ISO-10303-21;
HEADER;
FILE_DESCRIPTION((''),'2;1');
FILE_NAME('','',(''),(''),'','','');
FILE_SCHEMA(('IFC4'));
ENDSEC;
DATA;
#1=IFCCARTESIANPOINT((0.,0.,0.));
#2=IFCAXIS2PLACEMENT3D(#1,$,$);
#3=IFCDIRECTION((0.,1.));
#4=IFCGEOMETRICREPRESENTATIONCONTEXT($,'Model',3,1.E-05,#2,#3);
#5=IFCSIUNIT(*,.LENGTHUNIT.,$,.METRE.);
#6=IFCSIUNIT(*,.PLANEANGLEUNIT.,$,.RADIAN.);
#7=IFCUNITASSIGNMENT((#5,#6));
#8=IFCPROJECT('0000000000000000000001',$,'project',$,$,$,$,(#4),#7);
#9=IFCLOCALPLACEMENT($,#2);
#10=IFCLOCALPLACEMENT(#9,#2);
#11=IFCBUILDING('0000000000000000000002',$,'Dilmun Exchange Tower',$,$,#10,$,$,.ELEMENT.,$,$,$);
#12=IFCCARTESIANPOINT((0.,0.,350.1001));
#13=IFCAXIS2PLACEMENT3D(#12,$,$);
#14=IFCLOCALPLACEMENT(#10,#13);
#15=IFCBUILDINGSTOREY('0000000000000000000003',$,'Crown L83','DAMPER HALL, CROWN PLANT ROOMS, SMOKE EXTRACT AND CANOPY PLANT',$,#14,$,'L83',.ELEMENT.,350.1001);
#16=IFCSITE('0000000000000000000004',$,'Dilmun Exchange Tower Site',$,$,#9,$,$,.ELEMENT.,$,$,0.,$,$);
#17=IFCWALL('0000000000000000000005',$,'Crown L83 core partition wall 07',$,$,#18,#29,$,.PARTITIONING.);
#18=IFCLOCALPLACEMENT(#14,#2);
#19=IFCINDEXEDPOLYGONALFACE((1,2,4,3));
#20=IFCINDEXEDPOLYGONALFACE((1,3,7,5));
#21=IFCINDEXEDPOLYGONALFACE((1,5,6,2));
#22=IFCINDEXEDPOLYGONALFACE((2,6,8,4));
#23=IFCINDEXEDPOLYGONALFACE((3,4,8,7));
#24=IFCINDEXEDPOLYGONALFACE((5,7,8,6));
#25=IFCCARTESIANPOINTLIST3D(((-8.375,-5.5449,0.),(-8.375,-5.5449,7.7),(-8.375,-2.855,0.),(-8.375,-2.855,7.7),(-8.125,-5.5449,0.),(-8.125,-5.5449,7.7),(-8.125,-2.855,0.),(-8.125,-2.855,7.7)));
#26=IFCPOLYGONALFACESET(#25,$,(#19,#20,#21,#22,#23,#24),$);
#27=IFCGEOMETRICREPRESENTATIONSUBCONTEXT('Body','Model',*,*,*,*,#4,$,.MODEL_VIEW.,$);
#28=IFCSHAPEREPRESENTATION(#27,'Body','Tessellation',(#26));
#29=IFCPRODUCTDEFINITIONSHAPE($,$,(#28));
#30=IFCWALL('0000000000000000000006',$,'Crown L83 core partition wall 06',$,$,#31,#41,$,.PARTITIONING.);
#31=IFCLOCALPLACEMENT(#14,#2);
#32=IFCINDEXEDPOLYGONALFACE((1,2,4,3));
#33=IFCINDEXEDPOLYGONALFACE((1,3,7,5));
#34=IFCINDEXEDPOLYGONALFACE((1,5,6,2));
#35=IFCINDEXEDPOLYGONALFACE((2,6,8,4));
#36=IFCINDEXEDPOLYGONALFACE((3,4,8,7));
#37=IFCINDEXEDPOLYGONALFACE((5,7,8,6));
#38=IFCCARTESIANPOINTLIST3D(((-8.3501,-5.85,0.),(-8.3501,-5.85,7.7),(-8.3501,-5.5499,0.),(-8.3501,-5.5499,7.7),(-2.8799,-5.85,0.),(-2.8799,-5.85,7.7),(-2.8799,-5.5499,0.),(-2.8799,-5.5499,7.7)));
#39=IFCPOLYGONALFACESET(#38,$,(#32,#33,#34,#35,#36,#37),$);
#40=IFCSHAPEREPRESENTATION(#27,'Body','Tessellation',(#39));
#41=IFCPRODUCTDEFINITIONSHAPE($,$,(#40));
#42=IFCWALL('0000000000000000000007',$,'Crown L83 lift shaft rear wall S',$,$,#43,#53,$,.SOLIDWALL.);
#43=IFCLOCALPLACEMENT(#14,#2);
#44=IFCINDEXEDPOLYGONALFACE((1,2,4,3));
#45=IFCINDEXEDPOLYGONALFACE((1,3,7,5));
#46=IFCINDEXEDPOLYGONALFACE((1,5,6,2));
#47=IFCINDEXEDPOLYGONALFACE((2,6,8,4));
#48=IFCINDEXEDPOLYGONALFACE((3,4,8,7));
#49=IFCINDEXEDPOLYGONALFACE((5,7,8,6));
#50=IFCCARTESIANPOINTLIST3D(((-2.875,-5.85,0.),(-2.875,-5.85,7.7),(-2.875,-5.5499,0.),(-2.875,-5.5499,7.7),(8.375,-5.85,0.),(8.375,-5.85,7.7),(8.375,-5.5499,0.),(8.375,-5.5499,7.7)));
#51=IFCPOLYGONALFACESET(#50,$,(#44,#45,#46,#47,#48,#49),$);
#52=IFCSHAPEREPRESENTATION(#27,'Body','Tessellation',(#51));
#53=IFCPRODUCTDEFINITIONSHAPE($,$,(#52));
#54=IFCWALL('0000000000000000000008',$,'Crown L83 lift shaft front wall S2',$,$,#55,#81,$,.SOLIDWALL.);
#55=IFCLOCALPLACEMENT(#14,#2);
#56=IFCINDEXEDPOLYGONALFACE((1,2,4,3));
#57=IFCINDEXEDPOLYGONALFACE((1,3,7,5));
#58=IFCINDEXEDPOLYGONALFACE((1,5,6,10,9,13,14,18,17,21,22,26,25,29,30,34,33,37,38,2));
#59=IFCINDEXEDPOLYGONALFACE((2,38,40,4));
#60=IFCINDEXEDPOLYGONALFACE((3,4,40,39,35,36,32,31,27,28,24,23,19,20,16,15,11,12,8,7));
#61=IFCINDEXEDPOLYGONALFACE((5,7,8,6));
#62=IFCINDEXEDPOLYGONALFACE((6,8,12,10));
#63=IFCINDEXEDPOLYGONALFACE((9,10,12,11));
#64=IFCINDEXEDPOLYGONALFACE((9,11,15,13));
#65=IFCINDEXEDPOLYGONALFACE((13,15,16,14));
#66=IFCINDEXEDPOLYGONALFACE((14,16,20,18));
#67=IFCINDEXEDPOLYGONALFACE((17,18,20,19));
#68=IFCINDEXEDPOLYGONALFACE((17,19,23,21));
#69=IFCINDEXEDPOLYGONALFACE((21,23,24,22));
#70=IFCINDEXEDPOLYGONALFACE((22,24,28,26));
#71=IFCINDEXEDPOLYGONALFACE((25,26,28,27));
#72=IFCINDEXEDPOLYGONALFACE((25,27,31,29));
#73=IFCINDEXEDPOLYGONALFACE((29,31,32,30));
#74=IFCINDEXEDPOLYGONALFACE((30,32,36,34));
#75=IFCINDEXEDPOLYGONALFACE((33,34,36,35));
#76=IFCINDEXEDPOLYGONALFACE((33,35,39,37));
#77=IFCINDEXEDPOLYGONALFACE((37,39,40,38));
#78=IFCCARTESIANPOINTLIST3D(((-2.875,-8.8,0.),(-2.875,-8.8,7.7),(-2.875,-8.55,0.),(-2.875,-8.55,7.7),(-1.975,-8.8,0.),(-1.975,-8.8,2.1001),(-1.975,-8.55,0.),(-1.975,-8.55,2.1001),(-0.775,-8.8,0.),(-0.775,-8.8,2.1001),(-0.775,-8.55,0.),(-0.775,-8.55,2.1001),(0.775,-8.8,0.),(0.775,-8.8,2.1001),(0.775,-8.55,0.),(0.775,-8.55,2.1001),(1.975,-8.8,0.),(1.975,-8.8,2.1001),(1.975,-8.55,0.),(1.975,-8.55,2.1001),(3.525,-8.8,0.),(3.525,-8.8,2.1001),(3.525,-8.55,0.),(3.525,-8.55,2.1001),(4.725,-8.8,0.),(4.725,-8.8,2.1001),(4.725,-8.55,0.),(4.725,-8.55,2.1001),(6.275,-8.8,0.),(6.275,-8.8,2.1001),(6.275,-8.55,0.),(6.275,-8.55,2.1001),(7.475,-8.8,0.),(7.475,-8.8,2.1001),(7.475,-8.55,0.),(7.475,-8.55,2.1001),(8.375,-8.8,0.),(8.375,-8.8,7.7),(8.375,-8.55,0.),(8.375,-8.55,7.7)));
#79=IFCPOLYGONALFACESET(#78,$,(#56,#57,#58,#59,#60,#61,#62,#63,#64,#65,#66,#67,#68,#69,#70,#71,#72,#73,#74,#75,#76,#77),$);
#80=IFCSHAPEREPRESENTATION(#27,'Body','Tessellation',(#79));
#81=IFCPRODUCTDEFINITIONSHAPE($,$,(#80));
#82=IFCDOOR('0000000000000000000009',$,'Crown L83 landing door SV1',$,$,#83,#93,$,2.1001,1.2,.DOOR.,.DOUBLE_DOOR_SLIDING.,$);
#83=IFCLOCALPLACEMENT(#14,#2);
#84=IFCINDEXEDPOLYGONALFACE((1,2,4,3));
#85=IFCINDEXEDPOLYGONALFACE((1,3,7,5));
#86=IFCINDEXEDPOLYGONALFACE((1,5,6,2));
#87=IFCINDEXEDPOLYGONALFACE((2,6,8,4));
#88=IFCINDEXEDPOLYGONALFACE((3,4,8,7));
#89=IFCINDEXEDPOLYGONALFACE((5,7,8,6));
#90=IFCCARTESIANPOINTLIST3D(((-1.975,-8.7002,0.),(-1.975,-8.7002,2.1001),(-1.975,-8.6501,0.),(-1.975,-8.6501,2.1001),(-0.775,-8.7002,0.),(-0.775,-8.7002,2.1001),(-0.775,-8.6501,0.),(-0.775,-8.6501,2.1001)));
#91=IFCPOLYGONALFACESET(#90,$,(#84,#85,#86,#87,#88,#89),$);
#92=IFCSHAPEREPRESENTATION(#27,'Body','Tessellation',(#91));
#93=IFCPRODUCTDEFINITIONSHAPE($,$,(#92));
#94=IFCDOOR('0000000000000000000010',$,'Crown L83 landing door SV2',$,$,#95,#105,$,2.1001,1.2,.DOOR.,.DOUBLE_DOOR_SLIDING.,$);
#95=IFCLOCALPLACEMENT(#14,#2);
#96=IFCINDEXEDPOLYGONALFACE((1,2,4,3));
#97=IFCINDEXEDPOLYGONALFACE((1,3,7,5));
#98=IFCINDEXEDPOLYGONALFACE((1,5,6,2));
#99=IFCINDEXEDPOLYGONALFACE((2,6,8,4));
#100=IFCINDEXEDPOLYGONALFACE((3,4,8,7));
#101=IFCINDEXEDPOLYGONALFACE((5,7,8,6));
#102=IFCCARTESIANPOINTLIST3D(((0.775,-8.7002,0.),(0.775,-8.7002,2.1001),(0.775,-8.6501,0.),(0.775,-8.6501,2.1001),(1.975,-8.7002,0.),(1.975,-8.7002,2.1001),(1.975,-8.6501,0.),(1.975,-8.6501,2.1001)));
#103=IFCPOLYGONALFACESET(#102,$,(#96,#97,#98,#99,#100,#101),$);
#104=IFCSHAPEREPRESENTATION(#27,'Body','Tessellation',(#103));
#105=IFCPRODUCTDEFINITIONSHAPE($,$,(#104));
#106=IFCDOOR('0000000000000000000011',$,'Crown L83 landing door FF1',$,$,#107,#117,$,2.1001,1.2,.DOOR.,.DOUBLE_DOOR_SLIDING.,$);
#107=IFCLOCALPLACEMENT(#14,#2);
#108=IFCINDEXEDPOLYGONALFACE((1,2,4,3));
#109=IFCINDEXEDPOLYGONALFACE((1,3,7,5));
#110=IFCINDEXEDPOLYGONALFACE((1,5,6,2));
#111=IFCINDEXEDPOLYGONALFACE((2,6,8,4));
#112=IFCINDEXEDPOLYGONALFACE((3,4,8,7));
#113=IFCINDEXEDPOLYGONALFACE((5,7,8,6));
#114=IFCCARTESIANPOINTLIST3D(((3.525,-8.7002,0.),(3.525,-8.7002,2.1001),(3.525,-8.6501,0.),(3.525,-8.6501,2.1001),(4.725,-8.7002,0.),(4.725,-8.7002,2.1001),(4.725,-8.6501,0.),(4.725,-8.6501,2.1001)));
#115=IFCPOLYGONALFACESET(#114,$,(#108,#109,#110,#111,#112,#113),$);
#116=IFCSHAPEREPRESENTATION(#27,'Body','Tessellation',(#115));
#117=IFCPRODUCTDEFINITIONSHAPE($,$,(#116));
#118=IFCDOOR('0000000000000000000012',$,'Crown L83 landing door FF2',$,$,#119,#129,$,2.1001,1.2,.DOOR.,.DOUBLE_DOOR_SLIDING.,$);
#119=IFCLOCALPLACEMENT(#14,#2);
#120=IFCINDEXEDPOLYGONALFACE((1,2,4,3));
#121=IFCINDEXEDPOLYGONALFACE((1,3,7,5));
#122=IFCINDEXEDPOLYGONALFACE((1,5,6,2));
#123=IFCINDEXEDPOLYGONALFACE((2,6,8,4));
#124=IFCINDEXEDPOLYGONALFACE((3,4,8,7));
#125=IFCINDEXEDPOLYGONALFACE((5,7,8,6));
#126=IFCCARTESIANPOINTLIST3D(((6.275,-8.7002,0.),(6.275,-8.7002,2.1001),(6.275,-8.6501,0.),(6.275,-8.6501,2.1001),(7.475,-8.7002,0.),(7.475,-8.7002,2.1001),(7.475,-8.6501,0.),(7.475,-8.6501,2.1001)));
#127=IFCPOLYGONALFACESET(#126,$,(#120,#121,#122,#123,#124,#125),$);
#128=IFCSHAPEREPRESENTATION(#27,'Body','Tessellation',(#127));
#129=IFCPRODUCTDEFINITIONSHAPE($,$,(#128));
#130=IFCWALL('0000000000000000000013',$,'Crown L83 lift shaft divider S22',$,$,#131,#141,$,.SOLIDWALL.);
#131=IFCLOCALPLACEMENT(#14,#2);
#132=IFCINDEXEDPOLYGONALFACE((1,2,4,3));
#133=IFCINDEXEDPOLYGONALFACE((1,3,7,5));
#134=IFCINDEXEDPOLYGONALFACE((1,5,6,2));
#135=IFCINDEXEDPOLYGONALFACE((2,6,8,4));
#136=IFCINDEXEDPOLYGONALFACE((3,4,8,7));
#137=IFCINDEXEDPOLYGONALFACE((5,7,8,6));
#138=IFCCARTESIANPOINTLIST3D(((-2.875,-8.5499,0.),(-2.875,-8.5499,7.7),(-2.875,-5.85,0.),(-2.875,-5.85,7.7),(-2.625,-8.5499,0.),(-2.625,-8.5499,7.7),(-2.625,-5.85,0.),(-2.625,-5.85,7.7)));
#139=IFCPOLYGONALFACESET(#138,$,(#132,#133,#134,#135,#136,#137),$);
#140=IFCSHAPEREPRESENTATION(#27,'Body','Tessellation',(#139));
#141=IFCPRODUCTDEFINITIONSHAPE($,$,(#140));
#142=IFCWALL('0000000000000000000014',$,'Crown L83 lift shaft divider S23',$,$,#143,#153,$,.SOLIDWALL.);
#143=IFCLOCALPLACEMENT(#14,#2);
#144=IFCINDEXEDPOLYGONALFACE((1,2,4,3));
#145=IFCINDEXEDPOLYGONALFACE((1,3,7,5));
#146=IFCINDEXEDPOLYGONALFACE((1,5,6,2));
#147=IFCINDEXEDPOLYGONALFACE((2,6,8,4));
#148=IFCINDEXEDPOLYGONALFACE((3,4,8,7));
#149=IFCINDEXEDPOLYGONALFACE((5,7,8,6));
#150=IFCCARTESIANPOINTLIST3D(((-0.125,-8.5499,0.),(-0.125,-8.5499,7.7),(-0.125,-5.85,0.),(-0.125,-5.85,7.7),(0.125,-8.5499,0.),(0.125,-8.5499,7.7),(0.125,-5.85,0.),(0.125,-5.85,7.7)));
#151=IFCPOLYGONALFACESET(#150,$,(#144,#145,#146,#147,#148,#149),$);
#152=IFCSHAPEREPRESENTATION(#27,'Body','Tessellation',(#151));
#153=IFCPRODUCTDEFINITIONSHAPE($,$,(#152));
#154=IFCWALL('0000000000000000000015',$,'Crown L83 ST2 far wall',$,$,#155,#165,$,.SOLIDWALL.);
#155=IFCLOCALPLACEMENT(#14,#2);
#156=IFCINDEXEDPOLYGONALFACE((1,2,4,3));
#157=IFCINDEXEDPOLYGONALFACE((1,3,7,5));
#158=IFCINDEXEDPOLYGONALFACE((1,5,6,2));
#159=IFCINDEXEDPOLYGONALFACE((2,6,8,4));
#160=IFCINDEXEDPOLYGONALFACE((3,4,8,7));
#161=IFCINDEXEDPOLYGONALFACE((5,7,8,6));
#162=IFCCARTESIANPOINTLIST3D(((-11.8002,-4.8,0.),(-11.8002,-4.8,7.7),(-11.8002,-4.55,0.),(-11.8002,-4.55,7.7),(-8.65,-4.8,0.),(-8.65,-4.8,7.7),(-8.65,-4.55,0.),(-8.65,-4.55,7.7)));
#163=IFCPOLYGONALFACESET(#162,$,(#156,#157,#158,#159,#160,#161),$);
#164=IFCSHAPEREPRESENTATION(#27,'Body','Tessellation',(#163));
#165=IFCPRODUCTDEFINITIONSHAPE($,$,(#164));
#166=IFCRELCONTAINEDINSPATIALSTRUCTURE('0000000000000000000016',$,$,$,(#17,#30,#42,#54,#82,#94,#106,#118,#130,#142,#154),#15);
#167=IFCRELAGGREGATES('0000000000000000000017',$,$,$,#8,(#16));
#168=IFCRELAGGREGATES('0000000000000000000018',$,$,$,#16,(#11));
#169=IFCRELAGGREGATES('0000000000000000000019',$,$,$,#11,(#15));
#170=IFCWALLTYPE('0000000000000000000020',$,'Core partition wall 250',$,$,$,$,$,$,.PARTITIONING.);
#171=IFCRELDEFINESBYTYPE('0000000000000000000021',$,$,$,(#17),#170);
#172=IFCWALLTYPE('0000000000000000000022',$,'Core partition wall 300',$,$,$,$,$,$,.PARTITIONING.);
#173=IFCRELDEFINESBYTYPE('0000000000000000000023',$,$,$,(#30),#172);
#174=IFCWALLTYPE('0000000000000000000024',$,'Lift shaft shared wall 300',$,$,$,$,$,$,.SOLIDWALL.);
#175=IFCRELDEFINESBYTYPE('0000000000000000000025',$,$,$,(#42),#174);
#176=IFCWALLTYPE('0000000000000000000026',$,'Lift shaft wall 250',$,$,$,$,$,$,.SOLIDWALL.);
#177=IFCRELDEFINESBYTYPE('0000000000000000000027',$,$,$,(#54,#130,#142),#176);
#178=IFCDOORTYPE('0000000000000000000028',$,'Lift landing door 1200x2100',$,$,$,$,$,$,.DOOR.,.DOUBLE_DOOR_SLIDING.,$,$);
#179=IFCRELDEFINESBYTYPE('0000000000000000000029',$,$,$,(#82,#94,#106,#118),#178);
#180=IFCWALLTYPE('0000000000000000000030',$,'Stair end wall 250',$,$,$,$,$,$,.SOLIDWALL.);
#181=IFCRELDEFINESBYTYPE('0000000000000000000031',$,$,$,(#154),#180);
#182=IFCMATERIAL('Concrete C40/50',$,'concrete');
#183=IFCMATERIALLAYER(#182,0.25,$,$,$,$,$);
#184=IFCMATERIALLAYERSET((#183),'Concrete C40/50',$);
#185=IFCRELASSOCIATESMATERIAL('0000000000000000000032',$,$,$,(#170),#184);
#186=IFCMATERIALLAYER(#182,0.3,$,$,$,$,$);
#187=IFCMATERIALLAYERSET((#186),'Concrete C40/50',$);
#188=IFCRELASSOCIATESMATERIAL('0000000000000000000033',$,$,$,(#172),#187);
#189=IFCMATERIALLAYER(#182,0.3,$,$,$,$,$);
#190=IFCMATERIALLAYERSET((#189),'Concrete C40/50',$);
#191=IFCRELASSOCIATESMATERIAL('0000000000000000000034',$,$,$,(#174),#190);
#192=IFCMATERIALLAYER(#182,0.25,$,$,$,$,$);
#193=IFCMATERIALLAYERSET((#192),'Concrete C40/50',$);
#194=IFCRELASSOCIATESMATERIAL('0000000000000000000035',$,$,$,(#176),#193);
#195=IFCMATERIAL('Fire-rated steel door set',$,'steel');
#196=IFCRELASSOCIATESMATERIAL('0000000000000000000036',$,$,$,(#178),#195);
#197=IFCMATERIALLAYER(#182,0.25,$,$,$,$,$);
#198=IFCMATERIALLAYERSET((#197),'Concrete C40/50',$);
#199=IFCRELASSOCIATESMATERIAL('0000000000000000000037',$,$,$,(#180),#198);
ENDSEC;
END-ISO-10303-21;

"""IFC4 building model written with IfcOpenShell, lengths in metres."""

from ifc_helpers import new_model, si_unit, direction, frame, frame_2d, origin, place, context, subcontext, project, spatial, rectangle, extrude, material, layer, layer_set, type_object, element, fill, save


model = new_model("IFC4")

# Units and contexts
model_context = context("Model", 3, precision=1e-05, world=origin(), true_north=direction((0.0, 1.0)))
body_context = subcontext(model_context, "Body", "Model", "MODEL_VIEW")
ifc_project = project(units=[si_unit("LENGTHUNIT", "METRE"), si_unit("PLANEANGLEUNIT", "RADIAN")], contexts=[model_context])

# Site, building, storey
site_placement = place(None, origin())
site = spatial("IfcSite", under=ifc_project, at=site_placement, Name="Dilmun Exchange Tower Site", CompositionType="ELEMENT", RefElevation=0.0)
building_placement = place(site_placement, origin())
building = spatial("IfcBuilding", under=site, at=building_placement, Name="Dilmun Exchange Tower", CompositionType="ELEMENT")
storey_placement = place(building_placement, frame((0.0, 0.0, 350.1001)))
storey = spatial("IfcBuildingStorey", under=building, at=storey_placement, Name="Crown L83", Description="DAMPER HALL, CROWN PLANT ROOMS, SMOKE EXTRACT AND CANOPY PLANT", LongName="L83", CompositionType="ELEMENT", Elevation=350.1001)

# Shared definitions
ifc_material_1 = material(Name="Concrete C40/50", Category="concrete")
ifc_material_2 = material(Name="Fire-rated steel door set", Category="steel")

# Shared definitions
ifc_layer_1 = layer(ifc_material_1, 0.25)
ifc_layer_set_1 = layer_set([ifc_layer_1], Name="Concrete C40/50")
wall_type_1 = type_object("IfcWallType", Name="Core partition wall 250", PredefinedType="PARTITIONING", material=ifc_layer_set_1)

# Walls
for number, where, z_axis, x_axis, name in (
    (1, (-8.25, -5.5449, 0.0), (0.0, 0.0, 1.0), (0.0, 1.0, 0.0), "Crown L83 core partition wall 07"),
):
    element("IfcWall", number, at=place(storey_placement, frame(where, z_axis=z_axis, x_axis=x_axis)), inside=storey, type_object=wall_type_1, Name=name, PredefinedType="PARTITIONING", context=body_context, shape_type="SweptSolid", body=[
        extrude(rectangle(XDim=2.6899, YDim=0.25, at=frame_2d((1.345, 0.0))), origin(), (0.0, 0.0, 1.0), 7.7),
    ])
ifc_layer_2 = layer(ifc_material_1, 0.3)
ifc_layer_set_2 = layer_set([ifc_layer_2], Name="Concrete C40/50")
wall_type_2 = type_object("IfcWallType", Name="Core partition wall 300", PredefinedType="PARTITIONING", material=ifc_layer_set_2)
wall_1_placement = place(storey_placement, frame((-8.3501, -5.7, 0.0), z_axis=(0.0, 0.0, 1.0), x_axis=(1.0, 0.0, 0.0)))
element("IfcWall", 2, at=wall_1_placement, inside=storey, type_object=wall_type_2, Name="Crown L83 core partition wall 06", PredefinedType="PARTITIONING", context=body_context, shape_type="SweptSolid", body=[
    extrude(rectangle(XDim=5.4702, YDim=0.3, at=frame_2d((2.7351, 0.0))), origin(), (0.0, 0.0, 1.0), 7.7),
])
ifc_layer_3 = layer(ifc_material_1, 0.3)
ifc_layer_set_3 = layer_set([ifc_layer_3], Name="Concrete C40/50")
wall_type_3 = type_object("IfcWallType", Name="Lift shaft shared wall 300", PredefinedType="SOLIDWALL", material=ifc_layer_set_3)
wall_2_placement = place(storey_placement, frame((-2.875, -5.7, 0.0), z_axis=(0.0, 0.0, 1.0), x_axis=(1.0, 0.0, 0.0)))
element("IfcWall", 3, at=wall_2_placement, inside=storey, type_object=wall_type_3, Name="Crown L83 lift shaft rear wall S", PredefinedType="SOLIDWALL", context=body_context, shape_type="SweptSolid", body=[
    extrude(rectangle(XDim=11.25, YDim=0.3, at=frame_2d((5.625, 0.0))), origin(), (0.0, 0.0, 1.0), 7.7),
])

# Wall, openings, doors
ifc_layer_4 = layer(ifc_material_1, 0.25)
ifc_layer_set_4 = layer_set([ifc_layer_4], Name="Concrete C40/50")
wall_type_4 = type_object("IfcWallType", Name="Lift shaft wall 250", PredefinedType="SOLIDWALL", material=ifc_layer_set_4)
wall_3_placement = place(storey_placement, frame((-2.875, -8.675, 0.0), z_axis=(0.0, 0.0, 1.0), x_axis=(1.0, 0.0, 0.0)))
wall_3 = element("IfcWall", 4, at=wall_3_placement, inside=storey, type_object=wall_type_4, Name="Crown L83 lift shaft front wall S2", PredefinedType="SOLIDWALL", context=body_context, shape_type="SweptSolid", body=[
    extrude(rectangle(XDim=11.25, YDim=0.25, at=frame_2d((5.625, 0.0))), origin(), (0.0, 0.0, 1.0), 7.7),
])
opening_1_placement = place(wall_3_placement, frame((0.8999, 0.0, 0.0)))
opening_1 = element("IfcOpeningElement", 5, at=opening_1_placement, cuts=wall_3, PredefinedType="OPENING", context=body_context, shape_type="SweptSolid", body=[
    extrude(rectangle(XDim=1.2, YDim=2.1001, at=frame_2d((0.6001, 1.05))), frame((0.0, 0.135, 0.0), z_axis=(0.0, -1.0, 0.0), x_axis=(1.0, 0.0, 0.0)), (0.0, 0.0, 1.0), 0.27),
])
opening_2_placement = place(wall_3_placement, frame((3.6499, 0.0, 0.0)))
opening_2 = element("IfcOpeningElement", 6, at=opening_2_placement, cuts=wall_3, PredefinedType="OPENING", context=body_context, shape_type="SweptSolid", body=[
    extrude(rectangle(XDim=1.2, YDim=2.1001, at=frame_2d((0.6001, 1.05))), frame((0.0, 0.135, 0.0), z_axis=(0.0, -1.0, 0.0), x_axis=(1.0, 0.0, 0.0)), (0.0, 0.0, 1.0), 0.27),
])
opening_3_placement = place(wall_3_placement, frame((6.3999, 0.0, 0.0)))
opening_3 = element("IfcOpeningElement", 7, at=opening_3_placement, cuts=wall_3, PredefinedType="OPENING", context=body_context, shape_type="SweptSolid", body=[
    extrude(rectangle(XDim=1.2, YDim=2.1001, at=frame_2d((0.6001, 1.05))), frame((0.0, 0.135, 0.0), z_axis=(0.0, -1.0, 0.0), x_axis=(1.0, 0.0, 0.0)), (0.0, 0.0, 1.0), 0.27),
])
opening_4_placement = place(wall_3_placement, frame((9.1499, 0.0, 0.0)))
opening_4 = element("IfcOpeningElement", 8, at=opening_4_placement, cuts=wall_3, PredefinedType="OPENING", context=body_context, shape_type="SweptSolid", body=[
    extrude(rectangle(XDim=1.2, YDim=2.1001, at=frame_2d((0.6001, 1.05))), frame((0.0, 0.135, 0.0), z_axis=(0.0, -1.0, 0.0), x_axis=(1.0, 0.0, 0.0)), (0.0, 0.0, 1.0), 0.27),
])
door_type_1 = type_object("IfcDoorType", Name="Lift landing door 1200x2100", OperationType="DOUBLE_DOOR_SLIDING", PredefinedType="DOOR", material=ifc_material_2)
door_1_placement = place(opening_1_placement, origin())
door_1 = element("IfcDoor", 9, at=door_1_placement, inside=storey, type_object=door_type_1, Name="Crown L83 landing door SV1", OperationType="DOUBLE_DOOR_SLIDING", OverallHeight=2.1001, OverallWidth=1.2, PredefinedType="DOOR", context=body_context, shape_type="SweptSolid", body=[
    extrude(rectangle(XDim=1.2, YDim=2.1001, at=frame_2d((0.6001, 1.05))), frame((0.0, 0.0249, 0.0), z_axis=(0.0, -1.0, 0.0), x_axis=(1.0, 0.0, 0.0)), (0.0, 0.0, 1.0), 0.05),
])
fill(opening_1, door_1)
door_2_placement = place(opening_2_placement, origin())
door_2 = element("IfcDoor", 10, at=door_2_placement, inside=storey, type_object=door_type_1, Name="Crown L83 landing door SV2", OperationType="DOUBLE_DOOR_SLIDING", OverallHeight=2.1001, OverallWidth=1.2, PredefinedType="DOOR", context=body_context, shape_type="SweptSolid", body=[
    extrude(rectangle(XDim=1.2, YDim=2.1001, at=frame_2d((0.6001, 1.05))), frame((0.0, 0.0249, 0.0), z_axis=(0.0, -1.0, 0.0), x_axis=(1.0, 0.0, 0.0)), (0.0, 0.0, 1.0), 0.05),
])
fill(opening_2, door_2)
door_3_placement = place(opening_3_placement, origin())
door_3 = element("IfcDoor", 11, at=door_3_placement, inside=storey, type_object=door_type_1, Name="Crown L83 landing door FF1", OperationType="DOUBLE_DOOR_SLIDING", OverallHeight=2.1001, OverallWidth=1.2, PredefinedType="DOOR", context=body_context, shape_type="SweptSolid", body=[
    extrude(rectangle(XDim=1.2, YDim=2.1001, at=frame_2d((0.6001, 1.05))), frame((0.0, 0.0249, 0.0), z_axis=(0.0, -1.0, 0.0), x_axis=(1.0, 0.0, 0.0)), (0.0, 0.0, 1.0), 0.05),
])
fill(opening_3, door_3)
door_4_placement = place(opening_4_placement, origin())
door_4 = element("IfcDoor", 12, at=door_4_placement, inside=storey, type_object=door_type_1, Name="Crown L83 landing door FF2", OperationType="DOUBLE_DOOR_SLIDING", OverallHeight=2.1001, OverallWidth=1.2, PredefinedType="DOOR", context=body_context, shape_type="SweptSolid", body=[
    extrude(rectangle(XDim=1.2, YDim=2.1001, at=frame_2d((0.6001, 1.05))), frame((0.0, 0.0249, 0.0), z_axis=(0.0, -1.0, 0.0), x_axis=(1.0, 0.0, 0.0)), (0.0, 0.0, 1.0), 0.05),
])
fill(opening_4, door_4)

# Walls
for number, where, z_axis, x_axis, name in (
    (13, (-2.75, -8.55, 0.0), (0.0, 0.0, 1.0), (0.0, 1.0, 0.0), "Crown L83 lift shaft divider S22"),
    (14, (0.0, -8.55, 0.0), (0.0, 0.0, 1.0), (0.0, 1.0, 0.0), "Crown L83 lift shaft divider S23"),
):
    element("IfcWall", number, at=place(storey_placement, frame(where, z_axis=z_axis, x_axis=x_axis)), inside=storey, type_object=wall_type_4, Name=name, PredefinedType="SOLIDWALL", context=body_context, shape_type="SweptSolid", body=[
        extrude(rectangle(XDim=2.7, YDim=0.25, at=frame_2d((1.3501, 0.0))), origin(), (0.0, 0.0, 1.0), 7.7),
    ])
ifc_layer_5 = layer(ifc_material_1, 0.25)
ifc_layer_set_5 = layer_set([ifc_layer_5], Name="Concrete C40/50")
wall_type_5 = type_object("IfcWallType", Name="Stair end wall 250", PredefinedType="SOLIDWALL", material=ifc_layer_set_5)
wall_4_placement = place(storey_placement, frame((-8.6499, -4.675, 0.0), z_axis=(0.0, 0.0, 1.0), x_axis=(-1.0, 0.0, 0.0)))
element("IfcWall", 15, at=wall_4_placement, inside=storey, type_object=wall_type_5, Name="Crown L83 ST2 far wall", PredefinedType="SOLIDWALL", context=body_context, shape_type="SweptSolid", body=[
    extrude(rectangle(XDim=3.1501, YDim=0.25, at=frame_2d((1.5752, 0.0))), origin(), (0.0, 0.0, 1.0), 7.7),
])

save(model, "model.ifc")
